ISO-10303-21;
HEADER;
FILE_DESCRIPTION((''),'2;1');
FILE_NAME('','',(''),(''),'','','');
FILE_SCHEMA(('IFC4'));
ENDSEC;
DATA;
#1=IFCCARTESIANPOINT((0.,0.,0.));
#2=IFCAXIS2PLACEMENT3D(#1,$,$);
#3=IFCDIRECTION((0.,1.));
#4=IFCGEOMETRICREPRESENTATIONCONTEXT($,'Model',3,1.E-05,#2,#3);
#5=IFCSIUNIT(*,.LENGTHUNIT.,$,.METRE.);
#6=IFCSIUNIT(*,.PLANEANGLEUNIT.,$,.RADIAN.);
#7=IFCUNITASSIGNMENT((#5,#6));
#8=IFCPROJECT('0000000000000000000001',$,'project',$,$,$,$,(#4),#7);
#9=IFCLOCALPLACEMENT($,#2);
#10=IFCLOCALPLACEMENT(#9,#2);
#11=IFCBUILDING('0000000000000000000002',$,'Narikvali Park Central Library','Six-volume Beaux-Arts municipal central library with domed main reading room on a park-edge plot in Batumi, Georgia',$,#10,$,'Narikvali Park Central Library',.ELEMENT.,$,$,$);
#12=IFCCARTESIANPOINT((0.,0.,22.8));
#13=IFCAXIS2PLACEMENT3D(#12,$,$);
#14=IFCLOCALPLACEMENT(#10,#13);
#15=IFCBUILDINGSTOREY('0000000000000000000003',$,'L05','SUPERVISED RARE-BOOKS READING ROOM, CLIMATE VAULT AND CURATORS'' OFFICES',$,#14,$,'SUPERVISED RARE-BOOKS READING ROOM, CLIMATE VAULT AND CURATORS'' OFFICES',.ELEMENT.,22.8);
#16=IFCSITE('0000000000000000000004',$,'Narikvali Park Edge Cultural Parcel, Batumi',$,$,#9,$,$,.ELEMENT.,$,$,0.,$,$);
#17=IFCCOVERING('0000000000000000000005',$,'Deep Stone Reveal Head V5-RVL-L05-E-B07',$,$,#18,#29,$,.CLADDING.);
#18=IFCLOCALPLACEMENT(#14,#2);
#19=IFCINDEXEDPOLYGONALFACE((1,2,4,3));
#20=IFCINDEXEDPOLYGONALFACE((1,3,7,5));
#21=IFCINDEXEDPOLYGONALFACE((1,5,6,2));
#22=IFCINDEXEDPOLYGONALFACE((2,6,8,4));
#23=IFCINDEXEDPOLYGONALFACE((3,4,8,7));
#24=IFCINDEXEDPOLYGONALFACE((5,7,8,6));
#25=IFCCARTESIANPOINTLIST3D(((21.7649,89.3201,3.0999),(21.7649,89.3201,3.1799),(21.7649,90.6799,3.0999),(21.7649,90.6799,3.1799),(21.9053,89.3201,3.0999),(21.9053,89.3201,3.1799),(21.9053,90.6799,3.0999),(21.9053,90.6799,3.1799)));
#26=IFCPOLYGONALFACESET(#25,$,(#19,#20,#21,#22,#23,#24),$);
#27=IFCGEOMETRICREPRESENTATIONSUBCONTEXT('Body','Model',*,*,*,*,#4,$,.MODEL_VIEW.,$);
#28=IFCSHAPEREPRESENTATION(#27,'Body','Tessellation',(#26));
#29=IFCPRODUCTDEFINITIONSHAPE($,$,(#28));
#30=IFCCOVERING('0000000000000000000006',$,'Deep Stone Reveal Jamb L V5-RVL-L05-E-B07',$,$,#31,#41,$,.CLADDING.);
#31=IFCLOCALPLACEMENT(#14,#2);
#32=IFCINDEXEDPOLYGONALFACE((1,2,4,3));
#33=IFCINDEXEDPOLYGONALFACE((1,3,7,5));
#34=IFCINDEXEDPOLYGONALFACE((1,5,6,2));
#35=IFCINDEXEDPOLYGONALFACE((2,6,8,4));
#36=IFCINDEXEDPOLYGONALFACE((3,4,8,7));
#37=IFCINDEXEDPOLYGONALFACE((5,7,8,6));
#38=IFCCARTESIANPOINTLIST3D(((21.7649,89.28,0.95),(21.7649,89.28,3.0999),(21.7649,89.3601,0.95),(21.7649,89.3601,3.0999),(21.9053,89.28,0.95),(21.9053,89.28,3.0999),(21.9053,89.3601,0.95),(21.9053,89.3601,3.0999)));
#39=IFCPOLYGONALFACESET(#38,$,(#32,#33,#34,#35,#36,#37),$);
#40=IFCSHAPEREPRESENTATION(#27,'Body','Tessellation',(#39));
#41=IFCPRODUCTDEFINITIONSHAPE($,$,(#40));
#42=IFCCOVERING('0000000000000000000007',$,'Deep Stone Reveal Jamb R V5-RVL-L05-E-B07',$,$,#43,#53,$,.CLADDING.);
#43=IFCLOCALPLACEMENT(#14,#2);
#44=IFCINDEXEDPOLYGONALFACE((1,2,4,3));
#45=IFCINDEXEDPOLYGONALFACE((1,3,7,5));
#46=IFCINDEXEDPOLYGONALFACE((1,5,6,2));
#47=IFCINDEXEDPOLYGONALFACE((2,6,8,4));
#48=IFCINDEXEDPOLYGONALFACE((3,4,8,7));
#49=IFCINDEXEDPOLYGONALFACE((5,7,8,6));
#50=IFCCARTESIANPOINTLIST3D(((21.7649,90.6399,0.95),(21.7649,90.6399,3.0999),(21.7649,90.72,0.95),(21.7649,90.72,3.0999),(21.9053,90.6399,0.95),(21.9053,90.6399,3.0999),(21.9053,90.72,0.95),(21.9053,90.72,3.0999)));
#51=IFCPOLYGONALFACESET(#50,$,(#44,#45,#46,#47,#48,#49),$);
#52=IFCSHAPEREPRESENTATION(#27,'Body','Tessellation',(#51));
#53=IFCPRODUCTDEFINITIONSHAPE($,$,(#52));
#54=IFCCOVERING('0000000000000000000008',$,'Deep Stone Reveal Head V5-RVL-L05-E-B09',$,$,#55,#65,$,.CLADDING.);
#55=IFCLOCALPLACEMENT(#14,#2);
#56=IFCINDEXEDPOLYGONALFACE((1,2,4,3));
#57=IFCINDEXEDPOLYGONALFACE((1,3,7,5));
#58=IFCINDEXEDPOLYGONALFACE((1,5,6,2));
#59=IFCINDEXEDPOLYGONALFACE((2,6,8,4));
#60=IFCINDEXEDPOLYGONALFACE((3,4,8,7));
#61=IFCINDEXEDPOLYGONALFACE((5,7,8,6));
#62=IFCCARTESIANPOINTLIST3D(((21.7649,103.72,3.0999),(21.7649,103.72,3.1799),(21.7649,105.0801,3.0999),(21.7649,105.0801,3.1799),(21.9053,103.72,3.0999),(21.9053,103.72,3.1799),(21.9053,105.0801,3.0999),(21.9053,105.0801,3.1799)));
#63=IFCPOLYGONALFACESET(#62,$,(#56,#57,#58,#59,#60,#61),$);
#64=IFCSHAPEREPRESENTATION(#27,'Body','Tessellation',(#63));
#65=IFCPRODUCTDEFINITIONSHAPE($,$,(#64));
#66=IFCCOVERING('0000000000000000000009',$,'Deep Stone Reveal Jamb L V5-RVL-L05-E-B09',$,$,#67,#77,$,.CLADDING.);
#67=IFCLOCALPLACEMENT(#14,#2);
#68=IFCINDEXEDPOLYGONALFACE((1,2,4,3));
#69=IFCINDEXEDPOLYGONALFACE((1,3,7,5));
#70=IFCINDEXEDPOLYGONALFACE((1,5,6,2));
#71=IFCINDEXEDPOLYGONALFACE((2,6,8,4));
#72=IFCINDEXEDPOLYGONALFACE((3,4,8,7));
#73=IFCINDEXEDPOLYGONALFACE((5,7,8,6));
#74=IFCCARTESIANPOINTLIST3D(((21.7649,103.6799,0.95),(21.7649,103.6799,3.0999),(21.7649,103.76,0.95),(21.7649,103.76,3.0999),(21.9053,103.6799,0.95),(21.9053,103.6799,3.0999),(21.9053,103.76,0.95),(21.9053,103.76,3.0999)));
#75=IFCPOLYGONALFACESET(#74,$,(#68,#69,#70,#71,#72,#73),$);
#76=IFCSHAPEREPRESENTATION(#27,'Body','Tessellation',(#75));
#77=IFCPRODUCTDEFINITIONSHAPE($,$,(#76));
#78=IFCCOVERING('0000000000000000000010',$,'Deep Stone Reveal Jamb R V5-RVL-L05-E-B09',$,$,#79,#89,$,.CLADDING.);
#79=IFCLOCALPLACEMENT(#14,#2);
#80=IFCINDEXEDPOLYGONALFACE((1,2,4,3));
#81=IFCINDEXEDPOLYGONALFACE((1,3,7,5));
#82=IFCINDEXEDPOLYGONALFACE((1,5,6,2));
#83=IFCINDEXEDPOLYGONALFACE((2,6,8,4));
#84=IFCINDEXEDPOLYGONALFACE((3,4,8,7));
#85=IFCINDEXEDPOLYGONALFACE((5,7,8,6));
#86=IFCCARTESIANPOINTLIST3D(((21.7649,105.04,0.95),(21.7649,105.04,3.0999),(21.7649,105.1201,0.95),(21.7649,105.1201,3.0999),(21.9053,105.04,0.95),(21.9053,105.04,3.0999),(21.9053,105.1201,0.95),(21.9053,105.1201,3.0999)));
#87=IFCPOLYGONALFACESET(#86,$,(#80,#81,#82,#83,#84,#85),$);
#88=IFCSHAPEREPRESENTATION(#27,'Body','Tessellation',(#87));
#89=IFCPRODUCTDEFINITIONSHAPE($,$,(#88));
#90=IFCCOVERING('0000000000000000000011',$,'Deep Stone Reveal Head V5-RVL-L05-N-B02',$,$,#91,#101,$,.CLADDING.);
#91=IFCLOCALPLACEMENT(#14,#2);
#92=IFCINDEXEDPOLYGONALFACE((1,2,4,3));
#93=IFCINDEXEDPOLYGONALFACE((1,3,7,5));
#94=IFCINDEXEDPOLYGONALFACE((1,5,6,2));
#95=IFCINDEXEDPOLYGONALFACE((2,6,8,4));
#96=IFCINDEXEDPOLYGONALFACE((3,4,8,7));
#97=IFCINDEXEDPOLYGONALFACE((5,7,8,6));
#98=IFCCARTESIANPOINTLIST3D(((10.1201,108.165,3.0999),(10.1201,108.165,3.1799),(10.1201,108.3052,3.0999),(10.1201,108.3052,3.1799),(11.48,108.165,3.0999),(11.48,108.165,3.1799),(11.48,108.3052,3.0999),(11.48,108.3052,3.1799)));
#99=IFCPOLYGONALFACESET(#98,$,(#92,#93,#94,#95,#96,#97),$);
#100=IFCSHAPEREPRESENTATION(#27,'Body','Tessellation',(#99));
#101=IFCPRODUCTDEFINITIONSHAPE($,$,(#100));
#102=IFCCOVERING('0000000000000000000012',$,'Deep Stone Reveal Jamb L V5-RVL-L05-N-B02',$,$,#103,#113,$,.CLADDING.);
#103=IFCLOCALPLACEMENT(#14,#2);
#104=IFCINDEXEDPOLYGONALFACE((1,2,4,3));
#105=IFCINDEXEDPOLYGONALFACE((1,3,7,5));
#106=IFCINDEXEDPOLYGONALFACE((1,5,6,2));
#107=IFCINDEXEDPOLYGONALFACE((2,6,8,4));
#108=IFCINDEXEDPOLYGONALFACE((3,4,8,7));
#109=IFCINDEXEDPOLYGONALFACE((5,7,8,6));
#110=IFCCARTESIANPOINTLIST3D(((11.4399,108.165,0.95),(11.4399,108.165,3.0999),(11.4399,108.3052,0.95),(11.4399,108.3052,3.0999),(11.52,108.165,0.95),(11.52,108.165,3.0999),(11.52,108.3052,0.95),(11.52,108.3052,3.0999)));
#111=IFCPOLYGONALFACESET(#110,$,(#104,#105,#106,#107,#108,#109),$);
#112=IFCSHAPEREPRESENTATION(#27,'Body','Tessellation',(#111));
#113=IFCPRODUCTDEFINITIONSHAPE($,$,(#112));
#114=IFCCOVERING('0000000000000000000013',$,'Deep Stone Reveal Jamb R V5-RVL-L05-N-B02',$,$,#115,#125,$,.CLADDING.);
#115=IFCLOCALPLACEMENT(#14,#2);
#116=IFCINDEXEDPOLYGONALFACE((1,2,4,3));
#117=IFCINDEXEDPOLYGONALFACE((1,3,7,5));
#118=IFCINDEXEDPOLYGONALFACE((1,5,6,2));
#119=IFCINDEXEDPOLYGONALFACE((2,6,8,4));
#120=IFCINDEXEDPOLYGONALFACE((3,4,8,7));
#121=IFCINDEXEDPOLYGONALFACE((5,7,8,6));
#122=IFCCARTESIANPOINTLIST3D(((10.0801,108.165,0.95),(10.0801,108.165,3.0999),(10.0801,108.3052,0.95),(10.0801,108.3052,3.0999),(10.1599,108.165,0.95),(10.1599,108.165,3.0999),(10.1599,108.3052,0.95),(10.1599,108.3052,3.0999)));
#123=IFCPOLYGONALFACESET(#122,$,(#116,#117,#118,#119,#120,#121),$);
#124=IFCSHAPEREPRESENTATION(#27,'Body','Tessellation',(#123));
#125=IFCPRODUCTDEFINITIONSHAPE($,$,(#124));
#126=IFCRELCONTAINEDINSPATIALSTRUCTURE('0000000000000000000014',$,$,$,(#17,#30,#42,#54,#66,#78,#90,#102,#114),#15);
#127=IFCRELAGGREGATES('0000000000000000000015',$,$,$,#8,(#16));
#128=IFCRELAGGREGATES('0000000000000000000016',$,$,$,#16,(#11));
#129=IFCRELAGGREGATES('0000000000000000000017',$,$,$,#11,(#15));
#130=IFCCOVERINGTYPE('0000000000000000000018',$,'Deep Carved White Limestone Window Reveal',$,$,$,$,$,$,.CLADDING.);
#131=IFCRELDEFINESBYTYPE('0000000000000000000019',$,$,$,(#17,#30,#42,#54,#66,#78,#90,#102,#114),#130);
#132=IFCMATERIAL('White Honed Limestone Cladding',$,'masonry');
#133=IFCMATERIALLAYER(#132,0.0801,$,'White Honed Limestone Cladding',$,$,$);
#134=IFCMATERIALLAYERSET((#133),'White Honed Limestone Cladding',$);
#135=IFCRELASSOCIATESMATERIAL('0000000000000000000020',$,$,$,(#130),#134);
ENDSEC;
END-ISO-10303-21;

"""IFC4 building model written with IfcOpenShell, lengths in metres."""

from ifc_helpers import new_model, si_unit, direction, frame, origin, place, context, subcontext, project, spatial, polyline, outline, extrude, material, layer, layer_set, type_object, element, save


model = new_model("IFC4")

# Units and contexts
model_context = context("Model", 3, precision=1e-05, world=origin(), true_north=direction((0.0, 1.0)))
body_context = subcontext(model_context, "Body", "Model", "MODEL_VIEW")
ifc_project = project(units=[si_unit("LENGTHUNIT", "METRE"), si_unit("PLANEANGLEUNIT", "RADIAN")], contexts=[model_context])

# Site, building, storey
site_placement = place(None, origin())
site = spatial("IfcSite", under=ifc_project, at=site_placement, Name="Narikvali Park Edge Cultural Parcel, Batumi", CompositionType="ELEMENT", RefElevation=0.0)
building_placement = place(site_placement, origin())
building = spatial("IfcBuilding", under=site, at=building_placement, Name="Narikvali Park Central Library", Description="Six-volume Beaux-Arts municipal central library with domed main reading room on a park-edge plot in Batumi, Georgia", LongName="Narikvali Park Central Library", CompositionType="ELEMENT")
storey_placement = place(building_placement, frame((0.0, 0.0, 22.8)))
storey = spatial("IfcBuildingStorey", under=building, at=storey_placement, Name="L05", Description="SUPERVISED RARE-BOOKS READING ROOM, CLIMATE VAULT AND CURATORS' OFFICES", LongName="SUPERVISED RARE-BOOKS READING ROOM, CLIMATE VAULT AND CURATORS' OFFICES", CompositionType="ELEMENT", Elevation=22.8)

# Coverings
ifc_material = material(Name="White Honed Limestone Cladding", Category="masonry")
ifc_layer = layer(ifc_material, 0.0801, Name="White Honed Limestone Cladding")
ifc_layer_set = layer_set([ifc_layer], Name="White Honed Limestone Cladding")
covering_type = type_object("IfcCoveringType", Name="Deep Carved White Limestone Window Reveal", PredefinedType="CLADDING", material=ifc_layer_set)
covering_1_placement = place(storey_placement, frame((0.0, 0.0, 3.0999)))
element("IfcCovering", 1, at=covering_1_placement, inside=storey, type_object=covering_type, Name="Deep Stone Reveal Head V5-RVL-L05-E-B07", PredefinedType="CLADDING", context=body_context, shape_type="SweptSolid", body=[
    extrude(outline(polyline([(21.7649, 89.3201), (21.7649, 90.6799), (21.9053, 90.6799), (21.9053, 89.3201), (21.7649, 89.3201)])), origin(), (0.0, 0.0, 1.0), 0.0801),
])
covering_2_placement = place(storey_placement, frame((0.0, 0.0, 0.95)))
element("IfcCovering", 2, at=covering_2_placement, inside=storey, type_object=covering_type, Name="Deep Stone Reveal Jamb L V5-RVL-L05-E-B07", PredefinedType="CLADDING", context=body_context, shape_type="SweptSolid", body=[
    extrude(outline(polyline([(21.7649, 89.28), (21.7649, 89.3601), (21.9053, 89.3601), (21.9053, 89.28), (21.7649, 89.28)])), origin(), (0.0, 0.0, 1.0), 2.1499),
])
covering_3_placement = place(storey_placement, frame((0.0, 0.0, 0.95)))
element("IfcCovering", 3, at=covering_3_placement, inside=storey, type_object=covering_type, Name="Deep Stone Reveal Jamb R V5-RVL-L05-E-B07", PredefinedType="CLADDING", context=body_context, shape_type="SweptSolid", body=[
    extrude(outline(polyline([(21.7649, 90.6399), (21.7649, 90.72), (21.9053, 90.72), (21.9053, 90.6399), (21.7649, 90.6399)])), origin(), (0.0, 0.0, 1.0), 2.1499),
])
covering_4_placement = place(storey_placement, frame((0.0, 0.0, 3.0999)))
element("IfcCovering", 4, at=covering_4_placement, inside=storey, type_object=covering_type, Name="Deep Stone Reveal Head V5-RVL-L05-E-B09", PredefinedType="CLADDING", context=body_context, shape_type="SweptSolid", body=[
    extrude(outline(polyline([(21.7649, 103.72), (21.7649, 105.0801), (21.9053, 105.0801), (21.9053, 103.72), (21.7649, 103.72)])), origin(), (0.0, 0.0, 1.0), 0.0801),
])
covering_5_placement = place(storey_placement, frame((0.0, 0.0, 0.95)))
element("IfcCovering", 5, at=covering_5_placement, inside=storey, type_object=covering_type, Name="Deep Stone Reveal Jamb L V5-RVL-L05-E-B09", PredefinedType="CLADDING", context=body_context, shape_type="SweptSolid", body=[
    extrude(outline(polyline([(21.7649, 103.6799), (21.7649, 103.76), (21.9053, 103.76), (21.9053, 103.6799), (21.7649, 103.6799)])), origin(), (0.0, 0.0, 1.0), 2.1499),
])
covering_6_placement = place(storey_placement, frame((0.0, 0.0, 0.95)))
element("IfcCovering", 6, at=covering_6_placement, inside=storey, type_object=covering_type, Name="Deep Stone Reveal Jamb R V5-RVL-L05-E-B09", PredefinedType="CLADDING", context=body_context, shape_type="SweptSolid", body=[
    extrude(outline(polyline([(21.7649, 105.04), (21.7649, 105.1201), (21.9053, 105.1201), (21.9053, 105.04), (21.7649, 105.04)])), origin(), (0.0, 0.0, 1.0), 2.1499),
])
covering_7_placement = place(storey_placement, frame((0.0, 0.0, 3.0999)))
element("IfcCovering", 7, at=covering_7_placement, inside=storey, type_object=covering_type, Name="Deep Stone Reveal Head V5-RVL-L05-N-B02", PredefinedType="CLADDING", context=body_context, shape_type="SweptSolid", body=[
    extrude(outline(polyline([(11.48, 108.165), (10.1201, 108.165), (10.1201, 108.3052), (11.48, 108.3052), (11.48, 108.165)])), origin(), (0.0, 0.0, 1.0), 0.0801),
])
covering_8_placement = place(storey_placement, frame((0.0, 0.0, 0.95)))
element("IfcCovering", 8, at=covering_8_placement, inside=storey, type_object=covering_type, Name="Deep Stone Reveal Jamb L V5-RVL-L05-N-B02", PredefinedType="CLADDING", context=body_context, shape_type="SweptSolid", body=[
    extrude(outline(polyline([(11.52, 108.165), (11.4399, 108.165), (11.4399, 108.3052), (11.52, 108.3052), (11.52, 108.165)])), origin(), (0.0, 0.0, 1.0), 2.1499),
])
covering_9_placement = place(storey_placement, frame((0.0, 0.0, 0.95)))
element("IfcCovering", 9, at=covering_9_placement, inside=storey, type_object=covering_type, Name="Deep Stone Reveal Jamb R V5-RVL-L05-N-B02", PredefinedType="CLADDING", context=body_context, shape_type="SweptSolid", body=[
    extrude(outline(polyline([(10.1599, 108.165), (10.0801, 108.165), (10.0801, 108.3052), (10.1599, 108.3052), (10.1599, 108.165)])), origin(), (0.0, 0.0, 1.0), 2.1499),
])

save(model, "model.ifc")
